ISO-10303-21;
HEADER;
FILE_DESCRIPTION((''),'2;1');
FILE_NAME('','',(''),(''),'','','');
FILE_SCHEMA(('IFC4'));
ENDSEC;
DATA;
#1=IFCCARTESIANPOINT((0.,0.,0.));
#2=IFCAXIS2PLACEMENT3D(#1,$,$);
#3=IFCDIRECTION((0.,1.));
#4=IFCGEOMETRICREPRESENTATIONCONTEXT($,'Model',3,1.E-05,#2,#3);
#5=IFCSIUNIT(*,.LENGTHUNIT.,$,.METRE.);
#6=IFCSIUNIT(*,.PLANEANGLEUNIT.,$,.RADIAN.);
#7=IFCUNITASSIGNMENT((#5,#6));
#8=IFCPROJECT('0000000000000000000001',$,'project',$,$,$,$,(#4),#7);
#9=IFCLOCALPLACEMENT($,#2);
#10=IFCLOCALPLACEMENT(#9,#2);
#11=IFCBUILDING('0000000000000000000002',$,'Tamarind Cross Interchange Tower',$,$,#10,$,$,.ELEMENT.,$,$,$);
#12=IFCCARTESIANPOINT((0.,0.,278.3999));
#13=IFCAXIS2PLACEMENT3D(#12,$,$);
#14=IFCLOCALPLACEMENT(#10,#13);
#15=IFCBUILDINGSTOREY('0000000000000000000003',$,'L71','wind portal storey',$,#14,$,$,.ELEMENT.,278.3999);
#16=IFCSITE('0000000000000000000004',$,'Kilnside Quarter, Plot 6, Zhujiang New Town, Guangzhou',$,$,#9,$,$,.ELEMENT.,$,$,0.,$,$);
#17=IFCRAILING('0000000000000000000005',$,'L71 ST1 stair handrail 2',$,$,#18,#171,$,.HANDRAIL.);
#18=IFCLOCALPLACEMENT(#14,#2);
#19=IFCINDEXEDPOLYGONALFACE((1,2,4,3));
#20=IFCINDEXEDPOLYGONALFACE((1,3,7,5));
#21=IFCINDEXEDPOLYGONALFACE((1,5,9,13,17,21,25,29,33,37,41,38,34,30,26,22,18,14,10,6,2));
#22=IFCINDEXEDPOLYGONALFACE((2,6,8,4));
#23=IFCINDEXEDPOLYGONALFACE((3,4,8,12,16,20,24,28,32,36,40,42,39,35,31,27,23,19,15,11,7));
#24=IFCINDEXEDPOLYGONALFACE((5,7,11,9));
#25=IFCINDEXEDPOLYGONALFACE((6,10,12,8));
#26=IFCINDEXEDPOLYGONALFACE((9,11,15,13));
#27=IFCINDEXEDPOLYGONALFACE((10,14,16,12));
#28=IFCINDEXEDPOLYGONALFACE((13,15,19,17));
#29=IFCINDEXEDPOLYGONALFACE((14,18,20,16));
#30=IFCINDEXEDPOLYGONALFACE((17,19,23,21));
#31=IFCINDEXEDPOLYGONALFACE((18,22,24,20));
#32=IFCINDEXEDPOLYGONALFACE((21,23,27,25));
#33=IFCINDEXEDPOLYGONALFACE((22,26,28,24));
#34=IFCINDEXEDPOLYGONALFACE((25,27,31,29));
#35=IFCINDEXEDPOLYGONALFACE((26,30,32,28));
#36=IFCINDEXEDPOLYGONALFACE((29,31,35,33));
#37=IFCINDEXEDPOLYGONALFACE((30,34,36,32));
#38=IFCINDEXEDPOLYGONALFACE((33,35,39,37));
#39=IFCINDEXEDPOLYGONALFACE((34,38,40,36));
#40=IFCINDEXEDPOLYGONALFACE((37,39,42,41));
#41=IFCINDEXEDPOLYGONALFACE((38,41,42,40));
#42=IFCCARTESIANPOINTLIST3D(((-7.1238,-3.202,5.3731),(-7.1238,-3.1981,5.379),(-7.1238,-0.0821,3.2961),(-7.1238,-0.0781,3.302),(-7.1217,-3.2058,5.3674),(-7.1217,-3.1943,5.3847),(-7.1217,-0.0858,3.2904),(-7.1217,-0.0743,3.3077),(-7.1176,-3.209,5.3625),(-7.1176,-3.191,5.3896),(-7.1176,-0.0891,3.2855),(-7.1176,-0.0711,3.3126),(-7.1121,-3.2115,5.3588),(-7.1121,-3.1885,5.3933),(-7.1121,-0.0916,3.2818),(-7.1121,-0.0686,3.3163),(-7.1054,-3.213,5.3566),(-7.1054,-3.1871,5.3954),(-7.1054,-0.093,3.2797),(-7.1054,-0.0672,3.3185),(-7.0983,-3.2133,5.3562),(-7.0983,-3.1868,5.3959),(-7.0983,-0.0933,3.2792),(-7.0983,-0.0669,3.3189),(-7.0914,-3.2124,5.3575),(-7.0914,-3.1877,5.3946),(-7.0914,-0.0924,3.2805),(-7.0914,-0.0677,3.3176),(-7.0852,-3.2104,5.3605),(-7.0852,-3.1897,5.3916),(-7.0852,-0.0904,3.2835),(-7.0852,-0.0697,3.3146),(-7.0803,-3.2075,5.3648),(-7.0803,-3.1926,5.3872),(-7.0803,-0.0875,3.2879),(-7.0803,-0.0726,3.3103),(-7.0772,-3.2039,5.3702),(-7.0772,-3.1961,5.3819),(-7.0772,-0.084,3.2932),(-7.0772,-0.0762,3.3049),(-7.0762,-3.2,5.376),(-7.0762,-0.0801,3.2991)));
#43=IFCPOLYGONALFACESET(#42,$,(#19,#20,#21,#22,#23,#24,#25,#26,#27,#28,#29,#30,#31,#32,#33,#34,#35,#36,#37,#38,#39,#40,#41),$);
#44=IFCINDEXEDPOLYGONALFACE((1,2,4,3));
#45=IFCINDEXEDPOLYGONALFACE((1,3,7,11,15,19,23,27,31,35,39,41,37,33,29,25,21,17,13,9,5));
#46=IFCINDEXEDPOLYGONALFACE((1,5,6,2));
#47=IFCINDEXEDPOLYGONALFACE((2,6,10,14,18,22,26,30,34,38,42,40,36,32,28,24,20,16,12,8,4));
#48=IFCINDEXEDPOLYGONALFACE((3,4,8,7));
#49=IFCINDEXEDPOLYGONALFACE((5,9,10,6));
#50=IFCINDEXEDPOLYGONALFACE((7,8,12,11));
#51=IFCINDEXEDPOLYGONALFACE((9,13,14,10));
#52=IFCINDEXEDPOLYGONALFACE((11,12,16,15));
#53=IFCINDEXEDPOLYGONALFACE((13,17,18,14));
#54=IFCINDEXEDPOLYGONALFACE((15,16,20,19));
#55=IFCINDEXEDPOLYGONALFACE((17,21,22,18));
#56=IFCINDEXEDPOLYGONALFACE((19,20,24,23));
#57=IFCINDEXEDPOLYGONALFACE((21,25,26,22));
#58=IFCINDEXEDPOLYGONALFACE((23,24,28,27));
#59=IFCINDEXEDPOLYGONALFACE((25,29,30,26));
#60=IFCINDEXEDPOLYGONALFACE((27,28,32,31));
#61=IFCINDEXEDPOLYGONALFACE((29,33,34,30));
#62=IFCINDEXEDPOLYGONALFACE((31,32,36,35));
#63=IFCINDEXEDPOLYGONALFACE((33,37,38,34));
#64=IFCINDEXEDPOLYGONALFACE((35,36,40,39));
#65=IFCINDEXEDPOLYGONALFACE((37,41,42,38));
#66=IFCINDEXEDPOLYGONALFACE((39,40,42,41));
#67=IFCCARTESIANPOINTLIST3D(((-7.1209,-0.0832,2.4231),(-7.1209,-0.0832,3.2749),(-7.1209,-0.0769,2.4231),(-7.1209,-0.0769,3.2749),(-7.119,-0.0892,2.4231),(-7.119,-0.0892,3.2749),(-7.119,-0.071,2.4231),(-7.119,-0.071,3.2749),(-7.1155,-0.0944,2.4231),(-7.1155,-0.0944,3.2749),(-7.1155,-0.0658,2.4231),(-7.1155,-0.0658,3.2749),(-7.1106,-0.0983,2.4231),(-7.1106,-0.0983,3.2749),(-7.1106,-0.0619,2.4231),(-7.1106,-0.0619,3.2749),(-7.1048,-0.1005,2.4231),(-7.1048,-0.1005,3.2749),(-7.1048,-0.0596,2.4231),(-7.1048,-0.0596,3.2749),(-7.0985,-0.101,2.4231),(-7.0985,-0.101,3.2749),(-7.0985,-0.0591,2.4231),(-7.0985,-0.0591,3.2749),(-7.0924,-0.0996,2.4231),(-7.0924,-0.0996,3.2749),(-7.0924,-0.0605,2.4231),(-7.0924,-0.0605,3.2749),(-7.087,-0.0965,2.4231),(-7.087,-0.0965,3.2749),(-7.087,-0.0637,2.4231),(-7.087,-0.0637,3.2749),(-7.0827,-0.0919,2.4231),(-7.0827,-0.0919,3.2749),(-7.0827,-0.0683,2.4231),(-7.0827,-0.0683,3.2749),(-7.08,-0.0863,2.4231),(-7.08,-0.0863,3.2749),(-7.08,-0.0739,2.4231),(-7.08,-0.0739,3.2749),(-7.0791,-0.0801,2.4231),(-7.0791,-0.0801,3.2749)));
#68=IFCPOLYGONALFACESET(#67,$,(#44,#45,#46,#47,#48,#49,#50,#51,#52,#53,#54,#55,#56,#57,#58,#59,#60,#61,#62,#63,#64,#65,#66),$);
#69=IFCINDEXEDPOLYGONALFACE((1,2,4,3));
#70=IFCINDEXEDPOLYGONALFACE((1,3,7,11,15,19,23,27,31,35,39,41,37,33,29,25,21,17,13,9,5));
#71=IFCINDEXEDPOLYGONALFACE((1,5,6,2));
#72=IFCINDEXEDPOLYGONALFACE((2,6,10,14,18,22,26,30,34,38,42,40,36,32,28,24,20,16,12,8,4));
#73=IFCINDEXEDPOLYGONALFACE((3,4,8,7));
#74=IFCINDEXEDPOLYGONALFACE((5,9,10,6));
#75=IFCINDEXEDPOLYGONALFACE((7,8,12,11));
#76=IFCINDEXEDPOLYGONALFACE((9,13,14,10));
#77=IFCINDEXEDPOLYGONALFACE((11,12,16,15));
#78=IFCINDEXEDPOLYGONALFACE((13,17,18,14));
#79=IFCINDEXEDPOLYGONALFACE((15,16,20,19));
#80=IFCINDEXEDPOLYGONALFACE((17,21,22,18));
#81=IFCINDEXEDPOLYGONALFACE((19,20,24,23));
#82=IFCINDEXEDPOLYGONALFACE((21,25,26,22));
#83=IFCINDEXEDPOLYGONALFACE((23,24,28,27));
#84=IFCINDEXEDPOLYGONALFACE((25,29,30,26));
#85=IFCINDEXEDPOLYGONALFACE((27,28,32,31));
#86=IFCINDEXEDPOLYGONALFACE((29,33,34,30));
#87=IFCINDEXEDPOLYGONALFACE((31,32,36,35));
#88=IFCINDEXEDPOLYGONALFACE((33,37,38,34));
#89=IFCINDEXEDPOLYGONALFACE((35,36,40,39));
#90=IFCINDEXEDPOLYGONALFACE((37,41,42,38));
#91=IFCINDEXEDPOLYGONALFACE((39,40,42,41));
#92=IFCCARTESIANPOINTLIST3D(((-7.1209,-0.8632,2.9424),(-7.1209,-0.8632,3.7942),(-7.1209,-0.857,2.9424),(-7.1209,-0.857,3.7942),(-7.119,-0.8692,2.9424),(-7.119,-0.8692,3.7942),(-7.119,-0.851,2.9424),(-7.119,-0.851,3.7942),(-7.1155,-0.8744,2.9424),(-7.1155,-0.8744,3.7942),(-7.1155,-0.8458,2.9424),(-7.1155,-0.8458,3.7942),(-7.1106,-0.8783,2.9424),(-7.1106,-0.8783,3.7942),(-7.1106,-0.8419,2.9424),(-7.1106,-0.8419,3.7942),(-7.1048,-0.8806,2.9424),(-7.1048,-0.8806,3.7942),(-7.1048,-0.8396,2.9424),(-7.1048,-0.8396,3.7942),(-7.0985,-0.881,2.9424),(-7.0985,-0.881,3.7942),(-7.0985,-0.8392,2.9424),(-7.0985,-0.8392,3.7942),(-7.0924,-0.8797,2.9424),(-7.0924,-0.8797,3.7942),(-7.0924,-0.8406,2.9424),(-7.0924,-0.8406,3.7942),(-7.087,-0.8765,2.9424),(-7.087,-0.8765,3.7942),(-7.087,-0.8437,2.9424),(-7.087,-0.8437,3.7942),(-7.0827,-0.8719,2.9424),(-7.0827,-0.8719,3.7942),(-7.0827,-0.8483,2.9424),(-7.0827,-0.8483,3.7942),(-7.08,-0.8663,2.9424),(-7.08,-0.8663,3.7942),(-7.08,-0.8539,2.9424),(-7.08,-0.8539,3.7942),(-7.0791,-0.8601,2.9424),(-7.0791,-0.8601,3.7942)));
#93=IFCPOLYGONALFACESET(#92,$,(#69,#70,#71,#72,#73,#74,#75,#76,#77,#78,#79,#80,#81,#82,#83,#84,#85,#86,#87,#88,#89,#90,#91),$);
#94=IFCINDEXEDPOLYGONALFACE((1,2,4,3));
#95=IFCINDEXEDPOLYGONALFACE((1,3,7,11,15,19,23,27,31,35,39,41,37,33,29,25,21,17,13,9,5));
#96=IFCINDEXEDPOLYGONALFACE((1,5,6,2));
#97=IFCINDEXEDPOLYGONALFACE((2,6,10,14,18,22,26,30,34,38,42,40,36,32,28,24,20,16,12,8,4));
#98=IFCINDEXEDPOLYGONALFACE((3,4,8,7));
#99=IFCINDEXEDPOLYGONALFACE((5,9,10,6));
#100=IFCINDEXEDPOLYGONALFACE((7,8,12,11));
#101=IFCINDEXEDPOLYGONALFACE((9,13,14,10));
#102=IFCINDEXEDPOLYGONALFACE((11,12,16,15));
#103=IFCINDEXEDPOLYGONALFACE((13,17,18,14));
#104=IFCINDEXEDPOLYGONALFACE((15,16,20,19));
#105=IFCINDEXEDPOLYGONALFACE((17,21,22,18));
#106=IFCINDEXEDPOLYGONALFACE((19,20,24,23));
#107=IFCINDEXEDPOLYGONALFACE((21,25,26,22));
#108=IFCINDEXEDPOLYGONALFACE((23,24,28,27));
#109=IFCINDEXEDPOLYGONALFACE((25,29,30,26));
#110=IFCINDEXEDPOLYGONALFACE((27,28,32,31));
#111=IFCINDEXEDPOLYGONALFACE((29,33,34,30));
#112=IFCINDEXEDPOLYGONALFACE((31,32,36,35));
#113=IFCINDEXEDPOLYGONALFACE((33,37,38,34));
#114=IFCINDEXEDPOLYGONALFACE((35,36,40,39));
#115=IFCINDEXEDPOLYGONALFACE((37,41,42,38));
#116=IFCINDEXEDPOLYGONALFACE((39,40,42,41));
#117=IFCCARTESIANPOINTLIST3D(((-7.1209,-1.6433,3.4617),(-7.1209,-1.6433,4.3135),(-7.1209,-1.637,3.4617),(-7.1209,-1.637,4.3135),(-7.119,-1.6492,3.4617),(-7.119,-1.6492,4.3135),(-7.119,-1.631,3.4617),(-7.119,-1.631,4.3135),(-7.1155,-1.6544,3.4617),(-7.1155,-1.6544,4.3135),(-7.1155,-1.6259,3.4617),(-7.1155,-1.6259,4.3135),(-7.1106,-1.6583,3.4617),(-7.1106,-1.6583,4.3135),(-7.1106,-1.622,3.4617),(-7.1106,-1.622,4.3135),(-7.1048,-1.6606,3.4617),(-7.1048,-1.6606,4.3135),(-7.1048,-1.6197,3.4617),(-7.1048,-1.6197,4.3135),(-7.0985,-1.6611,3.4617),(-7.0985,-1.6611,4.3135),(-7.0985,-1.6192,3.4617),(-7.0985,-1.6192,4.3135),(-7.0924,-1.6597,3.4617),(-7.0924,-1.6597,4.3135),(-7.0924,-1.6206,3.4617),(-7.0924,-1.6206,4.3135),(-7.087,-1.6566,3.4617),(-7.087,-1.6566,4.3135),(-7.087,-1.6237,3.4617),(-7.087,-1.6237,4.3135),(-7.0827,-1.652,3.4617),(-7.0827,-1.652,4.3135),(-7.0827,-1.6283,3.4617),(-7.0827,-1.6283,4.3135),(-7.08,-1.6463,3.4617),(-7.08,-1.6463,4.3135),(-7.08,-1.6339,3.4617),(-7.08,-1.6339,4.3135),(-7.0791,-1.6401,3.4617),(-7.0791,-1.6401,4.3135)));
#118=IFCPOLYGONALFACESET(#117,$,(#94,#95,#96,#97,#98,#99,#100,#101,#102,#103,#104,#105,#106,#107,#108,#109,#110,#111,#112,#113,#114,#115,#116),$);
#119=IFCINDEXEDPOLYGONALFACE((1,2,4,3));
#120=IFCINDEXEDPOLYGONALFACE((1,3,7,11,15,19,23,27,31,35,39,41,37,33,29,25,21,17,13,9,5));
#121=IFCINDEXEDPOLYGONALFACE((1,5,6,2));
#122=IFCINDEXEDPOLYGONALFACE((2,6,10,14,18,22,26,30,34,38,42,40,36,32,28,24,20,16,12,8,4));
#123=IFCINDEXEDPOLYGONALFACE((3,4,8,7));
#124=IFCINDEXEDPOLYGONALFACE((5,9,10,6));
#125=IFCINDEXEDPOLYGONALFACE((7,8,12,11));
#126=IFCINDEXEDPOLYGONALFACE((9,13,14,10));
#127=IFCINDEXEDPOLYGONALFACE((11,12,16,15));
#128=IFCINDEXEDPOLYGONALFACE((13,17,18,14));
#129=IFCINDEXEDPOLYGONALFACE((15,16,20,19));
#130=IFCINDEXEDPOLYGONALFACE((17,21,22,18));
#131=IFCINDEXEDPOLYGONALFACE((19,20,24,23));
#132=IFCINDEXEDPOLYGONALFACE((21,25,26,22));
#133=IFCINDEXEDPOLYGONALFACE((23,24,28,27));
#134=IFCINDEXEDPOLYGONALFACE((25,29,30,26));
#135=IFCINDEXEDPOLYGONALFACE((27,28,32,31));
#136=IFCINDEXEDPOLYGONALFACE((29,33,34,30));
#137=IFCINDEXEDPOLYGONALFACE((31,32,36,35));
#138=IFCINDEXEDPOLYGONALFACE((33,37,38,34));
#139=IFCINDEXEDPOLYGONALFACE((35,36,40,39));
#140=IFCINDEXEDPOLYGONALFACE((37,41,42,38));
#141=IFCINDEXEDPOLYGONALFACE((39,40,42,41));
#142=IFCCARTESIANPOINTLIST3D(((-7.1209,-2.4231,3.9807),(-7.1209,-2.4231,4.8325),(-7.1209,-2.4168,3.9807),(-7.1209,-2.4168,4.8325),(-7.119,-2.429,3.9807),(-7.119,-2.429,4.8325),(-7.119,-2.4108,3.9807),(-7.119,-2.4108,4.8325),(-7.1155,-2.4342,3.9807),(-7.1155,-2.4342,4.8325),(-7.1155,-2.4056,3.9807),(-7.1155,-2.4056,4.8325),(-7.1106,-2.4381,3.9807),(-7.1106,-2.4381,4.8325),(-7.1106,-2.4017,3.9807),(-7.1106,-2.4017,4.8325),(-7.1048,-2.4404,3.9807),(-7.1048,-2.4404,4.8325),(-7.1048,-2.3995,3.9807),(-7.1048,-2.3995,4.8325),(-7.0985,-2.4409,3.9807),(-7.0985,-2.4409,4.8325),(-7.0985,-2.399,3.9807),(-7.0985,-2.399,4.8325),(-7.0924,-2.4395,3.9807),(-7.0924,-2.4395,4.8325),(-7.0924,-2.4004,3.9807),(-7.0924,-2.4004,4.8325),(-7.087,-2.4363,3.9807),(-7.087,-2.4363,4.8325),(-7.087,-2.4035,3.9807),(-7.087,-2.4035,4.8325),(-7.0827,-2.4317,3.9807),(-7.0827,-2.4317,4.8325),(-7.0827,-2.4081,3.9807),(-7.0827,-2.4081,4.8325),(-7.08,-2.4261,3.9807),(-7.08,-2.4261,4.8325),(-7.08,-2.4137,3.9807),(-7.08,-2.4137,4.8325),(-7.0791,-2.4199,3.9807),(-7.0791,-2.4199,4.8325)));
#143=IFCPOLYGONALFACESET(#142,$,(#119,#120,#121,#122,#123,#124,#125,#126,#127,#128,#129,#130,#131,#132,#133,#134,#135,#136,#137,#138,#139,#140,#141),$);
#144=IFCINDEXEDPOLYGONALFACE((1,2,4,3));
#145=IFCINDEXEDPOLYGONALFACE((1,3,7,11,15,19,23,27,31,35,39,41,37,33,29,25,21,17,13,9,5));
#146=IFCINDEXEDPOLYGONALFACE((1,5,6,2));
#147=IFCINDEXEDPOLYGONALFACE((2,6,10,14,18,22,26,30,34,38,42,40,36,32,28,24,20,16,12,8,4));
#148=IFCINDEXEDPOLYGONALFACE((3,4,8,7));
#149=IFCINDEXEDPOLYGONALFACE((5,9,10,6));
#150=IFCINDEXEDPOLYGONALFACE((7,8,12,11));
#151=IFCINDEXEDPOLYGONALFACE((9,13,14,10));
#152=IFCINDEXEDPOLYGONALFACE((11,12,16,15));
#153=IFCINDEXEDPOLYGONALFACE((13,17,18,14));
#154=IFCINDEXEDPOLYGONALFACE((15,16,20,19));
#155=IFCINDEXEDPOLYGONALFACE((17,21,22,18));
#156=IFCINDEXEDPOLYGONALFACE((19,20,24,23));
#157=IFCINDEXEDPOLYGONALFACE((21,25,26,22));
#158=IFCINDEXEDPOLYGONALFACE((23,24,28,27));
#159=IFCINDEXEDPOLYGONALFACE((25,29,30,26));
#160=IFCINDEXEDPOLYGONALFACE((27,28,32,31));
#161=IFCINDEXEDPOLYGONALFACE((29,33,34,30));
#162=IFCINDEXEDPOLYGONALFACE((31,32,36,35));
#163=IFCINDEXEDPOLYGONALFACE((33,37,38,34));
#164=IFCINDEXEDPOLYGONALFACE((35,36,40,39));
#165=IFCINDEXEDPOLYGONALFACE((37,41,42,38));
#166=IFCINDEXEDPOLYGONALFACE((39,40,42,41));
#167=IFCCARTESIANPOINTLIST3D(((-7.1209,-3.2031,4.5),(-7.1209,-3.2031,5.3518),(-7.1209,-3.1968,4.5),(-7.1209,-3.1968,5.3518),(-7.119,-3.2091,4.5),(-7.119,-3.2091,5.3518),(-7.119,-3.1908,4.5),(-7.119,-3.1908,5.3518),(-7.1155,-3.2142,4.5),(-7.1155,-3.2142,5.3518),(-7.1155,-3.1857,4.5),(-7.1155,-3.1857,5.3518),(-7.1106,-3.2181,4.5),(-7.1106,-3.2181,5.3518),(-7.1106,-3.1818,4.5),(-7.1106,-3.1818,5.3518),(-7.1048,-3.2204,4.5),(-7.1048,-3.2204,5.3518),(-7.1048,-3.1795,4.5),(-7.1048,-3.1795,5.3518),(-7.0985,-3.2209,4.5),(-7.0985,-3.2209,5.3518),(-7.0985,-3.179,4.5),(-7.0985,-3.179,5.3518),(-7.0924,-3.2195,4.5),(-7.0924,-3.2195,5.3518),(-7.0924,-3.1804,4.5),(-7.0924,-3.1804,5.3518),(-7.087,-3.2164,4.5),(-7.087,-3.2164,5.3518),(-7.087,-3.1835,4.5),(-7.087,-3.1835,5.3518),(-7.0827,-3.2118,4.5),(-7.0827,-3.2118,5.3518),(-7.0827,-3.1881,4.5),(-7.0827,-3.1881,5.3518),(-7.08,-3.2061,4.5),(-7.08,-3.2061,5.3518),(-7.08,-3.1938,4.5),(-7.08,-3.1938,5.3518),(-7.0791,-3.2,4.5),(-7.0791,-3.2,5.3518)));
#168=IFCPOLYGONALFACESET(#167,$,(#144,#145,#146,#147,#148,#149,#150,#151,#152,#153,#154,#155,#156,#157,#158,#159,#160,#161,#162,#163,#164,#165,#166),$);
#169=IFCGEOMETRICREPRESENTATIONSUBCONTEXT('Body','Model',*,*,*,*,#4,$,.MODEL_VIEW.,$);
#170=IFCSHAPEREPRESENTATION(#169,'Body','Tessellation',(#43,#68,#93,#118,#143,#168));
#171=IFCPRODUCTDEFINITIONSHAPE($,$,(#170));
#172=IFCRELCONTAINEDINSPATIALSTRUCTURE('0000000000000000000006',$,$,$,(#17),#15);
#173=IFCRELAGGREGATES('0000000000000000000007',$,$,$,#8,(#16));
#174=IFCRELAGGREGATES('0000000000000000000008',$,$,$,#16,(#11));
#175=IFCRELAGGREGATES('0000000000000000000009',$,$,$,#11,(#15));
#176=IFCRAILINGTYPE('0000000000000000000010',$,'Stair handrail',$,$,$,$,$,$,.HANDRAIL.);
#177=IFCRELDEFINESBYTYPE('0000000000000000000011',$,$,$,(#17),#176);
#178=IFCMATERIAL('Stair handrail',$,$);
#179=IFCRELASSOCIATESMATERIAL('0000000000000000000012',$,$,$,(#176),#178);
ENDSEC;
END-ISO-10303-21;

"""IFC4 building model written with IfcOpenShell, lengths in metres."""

from ifc_helpers import new_model, si_unit, direction, frame, origin, origin_2d, place, context, subcontext, project, spatial, circle, extrude, material, type_object, element, save


model = new_model("IFC4")

# Units and contexts
model_context = context("Model", 3, precision=1e-05, world=origin(), true_north=direction((0.0, 1.0)))
body_context = subcontext(model_context, "Body", "Model", "MODEL_VIEW")
ifc_project = project(units=[si_unit("LENGTHUNIT", "METRE"), si_unit("PLANEANGLEUNIT", "RADIAN")], contexts=[model_context])

# Site, building, storey
site_placement = place(None, origin())
site = spatial("IfcSite", under=ifc_project, at=site_placement, Name="Kilnside Quarter, Plot 6, Zhujiang New Town, Guangzhou", CompositionType="ELEMENT", RefElevation=0.0)
building_placement = place(site_placement, origin())
building = spatial("IfcBuilding", under=site, at=building_placement, Name="Tamarind Cross Interchange Tower", CompositionType="ELEMENT")
storey_placement = place(building_placement, frame((0.0, 0.0, 278.3999)))
storey = spatial("IfcBuildingStorey", under=building, at=storey_placement, Name="L71", Description="wind portal storey", CompositionType="ELEMENT", Elevation=278.3999)

# Railing
ifc_material_1 = material(Name="Stair handrail")
railing_type_1 = type_object("IfcRailingType", Name="Stair handrail", PredefinedType="HANDRAIL", material=ifc_material_1)
railing_1_placement = place(storey_placement, frame((-7.1001, -0.0801, 2.4231)))
element("IfcRailing", 1, at=railing_1_placement, inside=storey, type_object=railing_type_1, Name="L71 ST1 stair handrail 2", PredefinedType="HANDRAIL", context=body_context, shape_type="SweptSolid", body=[
    extrude(circle(Radius=0.0239, at=origin_2d()), frame((0.0, 0.0, 0.876), z_axis=(0.0, -0.832421, 0.554144), x_axis=(1.0, 0.0, 0.0)), (0.0, 0.0, 1.0), 3.748),
    extrude(circle(Radius=0.021, at=origin_2d()), origin(), (0.0, 0.0, 1.0), 0.8518),
    extrude(circle(Radius=0.021, at=origin_2d()), frame((0.0, -0.78, 0.5193)), (0.0, 0.0, 1.0), 0.8518),
    extrude(circle(Radius=0.021, at=origin_2d()), frame((0.0, -1.5601, 1.0386)), (0.0, 0.0, 1.0), 0.8518),
    extrude(circle(Radius=0.021, at=origin_2d()), frame((0.0, -2.3398, 1.5576)), (0.0, 0.0, 1.0), 0.8518),
    extrude(circle(Radius=0.021, at=origin_2d()), frame((0.0, -3.1199, 2.0769)), (0.0, 0.0, 1.0), 0.8518),
])

save(model, "model.ifc")
